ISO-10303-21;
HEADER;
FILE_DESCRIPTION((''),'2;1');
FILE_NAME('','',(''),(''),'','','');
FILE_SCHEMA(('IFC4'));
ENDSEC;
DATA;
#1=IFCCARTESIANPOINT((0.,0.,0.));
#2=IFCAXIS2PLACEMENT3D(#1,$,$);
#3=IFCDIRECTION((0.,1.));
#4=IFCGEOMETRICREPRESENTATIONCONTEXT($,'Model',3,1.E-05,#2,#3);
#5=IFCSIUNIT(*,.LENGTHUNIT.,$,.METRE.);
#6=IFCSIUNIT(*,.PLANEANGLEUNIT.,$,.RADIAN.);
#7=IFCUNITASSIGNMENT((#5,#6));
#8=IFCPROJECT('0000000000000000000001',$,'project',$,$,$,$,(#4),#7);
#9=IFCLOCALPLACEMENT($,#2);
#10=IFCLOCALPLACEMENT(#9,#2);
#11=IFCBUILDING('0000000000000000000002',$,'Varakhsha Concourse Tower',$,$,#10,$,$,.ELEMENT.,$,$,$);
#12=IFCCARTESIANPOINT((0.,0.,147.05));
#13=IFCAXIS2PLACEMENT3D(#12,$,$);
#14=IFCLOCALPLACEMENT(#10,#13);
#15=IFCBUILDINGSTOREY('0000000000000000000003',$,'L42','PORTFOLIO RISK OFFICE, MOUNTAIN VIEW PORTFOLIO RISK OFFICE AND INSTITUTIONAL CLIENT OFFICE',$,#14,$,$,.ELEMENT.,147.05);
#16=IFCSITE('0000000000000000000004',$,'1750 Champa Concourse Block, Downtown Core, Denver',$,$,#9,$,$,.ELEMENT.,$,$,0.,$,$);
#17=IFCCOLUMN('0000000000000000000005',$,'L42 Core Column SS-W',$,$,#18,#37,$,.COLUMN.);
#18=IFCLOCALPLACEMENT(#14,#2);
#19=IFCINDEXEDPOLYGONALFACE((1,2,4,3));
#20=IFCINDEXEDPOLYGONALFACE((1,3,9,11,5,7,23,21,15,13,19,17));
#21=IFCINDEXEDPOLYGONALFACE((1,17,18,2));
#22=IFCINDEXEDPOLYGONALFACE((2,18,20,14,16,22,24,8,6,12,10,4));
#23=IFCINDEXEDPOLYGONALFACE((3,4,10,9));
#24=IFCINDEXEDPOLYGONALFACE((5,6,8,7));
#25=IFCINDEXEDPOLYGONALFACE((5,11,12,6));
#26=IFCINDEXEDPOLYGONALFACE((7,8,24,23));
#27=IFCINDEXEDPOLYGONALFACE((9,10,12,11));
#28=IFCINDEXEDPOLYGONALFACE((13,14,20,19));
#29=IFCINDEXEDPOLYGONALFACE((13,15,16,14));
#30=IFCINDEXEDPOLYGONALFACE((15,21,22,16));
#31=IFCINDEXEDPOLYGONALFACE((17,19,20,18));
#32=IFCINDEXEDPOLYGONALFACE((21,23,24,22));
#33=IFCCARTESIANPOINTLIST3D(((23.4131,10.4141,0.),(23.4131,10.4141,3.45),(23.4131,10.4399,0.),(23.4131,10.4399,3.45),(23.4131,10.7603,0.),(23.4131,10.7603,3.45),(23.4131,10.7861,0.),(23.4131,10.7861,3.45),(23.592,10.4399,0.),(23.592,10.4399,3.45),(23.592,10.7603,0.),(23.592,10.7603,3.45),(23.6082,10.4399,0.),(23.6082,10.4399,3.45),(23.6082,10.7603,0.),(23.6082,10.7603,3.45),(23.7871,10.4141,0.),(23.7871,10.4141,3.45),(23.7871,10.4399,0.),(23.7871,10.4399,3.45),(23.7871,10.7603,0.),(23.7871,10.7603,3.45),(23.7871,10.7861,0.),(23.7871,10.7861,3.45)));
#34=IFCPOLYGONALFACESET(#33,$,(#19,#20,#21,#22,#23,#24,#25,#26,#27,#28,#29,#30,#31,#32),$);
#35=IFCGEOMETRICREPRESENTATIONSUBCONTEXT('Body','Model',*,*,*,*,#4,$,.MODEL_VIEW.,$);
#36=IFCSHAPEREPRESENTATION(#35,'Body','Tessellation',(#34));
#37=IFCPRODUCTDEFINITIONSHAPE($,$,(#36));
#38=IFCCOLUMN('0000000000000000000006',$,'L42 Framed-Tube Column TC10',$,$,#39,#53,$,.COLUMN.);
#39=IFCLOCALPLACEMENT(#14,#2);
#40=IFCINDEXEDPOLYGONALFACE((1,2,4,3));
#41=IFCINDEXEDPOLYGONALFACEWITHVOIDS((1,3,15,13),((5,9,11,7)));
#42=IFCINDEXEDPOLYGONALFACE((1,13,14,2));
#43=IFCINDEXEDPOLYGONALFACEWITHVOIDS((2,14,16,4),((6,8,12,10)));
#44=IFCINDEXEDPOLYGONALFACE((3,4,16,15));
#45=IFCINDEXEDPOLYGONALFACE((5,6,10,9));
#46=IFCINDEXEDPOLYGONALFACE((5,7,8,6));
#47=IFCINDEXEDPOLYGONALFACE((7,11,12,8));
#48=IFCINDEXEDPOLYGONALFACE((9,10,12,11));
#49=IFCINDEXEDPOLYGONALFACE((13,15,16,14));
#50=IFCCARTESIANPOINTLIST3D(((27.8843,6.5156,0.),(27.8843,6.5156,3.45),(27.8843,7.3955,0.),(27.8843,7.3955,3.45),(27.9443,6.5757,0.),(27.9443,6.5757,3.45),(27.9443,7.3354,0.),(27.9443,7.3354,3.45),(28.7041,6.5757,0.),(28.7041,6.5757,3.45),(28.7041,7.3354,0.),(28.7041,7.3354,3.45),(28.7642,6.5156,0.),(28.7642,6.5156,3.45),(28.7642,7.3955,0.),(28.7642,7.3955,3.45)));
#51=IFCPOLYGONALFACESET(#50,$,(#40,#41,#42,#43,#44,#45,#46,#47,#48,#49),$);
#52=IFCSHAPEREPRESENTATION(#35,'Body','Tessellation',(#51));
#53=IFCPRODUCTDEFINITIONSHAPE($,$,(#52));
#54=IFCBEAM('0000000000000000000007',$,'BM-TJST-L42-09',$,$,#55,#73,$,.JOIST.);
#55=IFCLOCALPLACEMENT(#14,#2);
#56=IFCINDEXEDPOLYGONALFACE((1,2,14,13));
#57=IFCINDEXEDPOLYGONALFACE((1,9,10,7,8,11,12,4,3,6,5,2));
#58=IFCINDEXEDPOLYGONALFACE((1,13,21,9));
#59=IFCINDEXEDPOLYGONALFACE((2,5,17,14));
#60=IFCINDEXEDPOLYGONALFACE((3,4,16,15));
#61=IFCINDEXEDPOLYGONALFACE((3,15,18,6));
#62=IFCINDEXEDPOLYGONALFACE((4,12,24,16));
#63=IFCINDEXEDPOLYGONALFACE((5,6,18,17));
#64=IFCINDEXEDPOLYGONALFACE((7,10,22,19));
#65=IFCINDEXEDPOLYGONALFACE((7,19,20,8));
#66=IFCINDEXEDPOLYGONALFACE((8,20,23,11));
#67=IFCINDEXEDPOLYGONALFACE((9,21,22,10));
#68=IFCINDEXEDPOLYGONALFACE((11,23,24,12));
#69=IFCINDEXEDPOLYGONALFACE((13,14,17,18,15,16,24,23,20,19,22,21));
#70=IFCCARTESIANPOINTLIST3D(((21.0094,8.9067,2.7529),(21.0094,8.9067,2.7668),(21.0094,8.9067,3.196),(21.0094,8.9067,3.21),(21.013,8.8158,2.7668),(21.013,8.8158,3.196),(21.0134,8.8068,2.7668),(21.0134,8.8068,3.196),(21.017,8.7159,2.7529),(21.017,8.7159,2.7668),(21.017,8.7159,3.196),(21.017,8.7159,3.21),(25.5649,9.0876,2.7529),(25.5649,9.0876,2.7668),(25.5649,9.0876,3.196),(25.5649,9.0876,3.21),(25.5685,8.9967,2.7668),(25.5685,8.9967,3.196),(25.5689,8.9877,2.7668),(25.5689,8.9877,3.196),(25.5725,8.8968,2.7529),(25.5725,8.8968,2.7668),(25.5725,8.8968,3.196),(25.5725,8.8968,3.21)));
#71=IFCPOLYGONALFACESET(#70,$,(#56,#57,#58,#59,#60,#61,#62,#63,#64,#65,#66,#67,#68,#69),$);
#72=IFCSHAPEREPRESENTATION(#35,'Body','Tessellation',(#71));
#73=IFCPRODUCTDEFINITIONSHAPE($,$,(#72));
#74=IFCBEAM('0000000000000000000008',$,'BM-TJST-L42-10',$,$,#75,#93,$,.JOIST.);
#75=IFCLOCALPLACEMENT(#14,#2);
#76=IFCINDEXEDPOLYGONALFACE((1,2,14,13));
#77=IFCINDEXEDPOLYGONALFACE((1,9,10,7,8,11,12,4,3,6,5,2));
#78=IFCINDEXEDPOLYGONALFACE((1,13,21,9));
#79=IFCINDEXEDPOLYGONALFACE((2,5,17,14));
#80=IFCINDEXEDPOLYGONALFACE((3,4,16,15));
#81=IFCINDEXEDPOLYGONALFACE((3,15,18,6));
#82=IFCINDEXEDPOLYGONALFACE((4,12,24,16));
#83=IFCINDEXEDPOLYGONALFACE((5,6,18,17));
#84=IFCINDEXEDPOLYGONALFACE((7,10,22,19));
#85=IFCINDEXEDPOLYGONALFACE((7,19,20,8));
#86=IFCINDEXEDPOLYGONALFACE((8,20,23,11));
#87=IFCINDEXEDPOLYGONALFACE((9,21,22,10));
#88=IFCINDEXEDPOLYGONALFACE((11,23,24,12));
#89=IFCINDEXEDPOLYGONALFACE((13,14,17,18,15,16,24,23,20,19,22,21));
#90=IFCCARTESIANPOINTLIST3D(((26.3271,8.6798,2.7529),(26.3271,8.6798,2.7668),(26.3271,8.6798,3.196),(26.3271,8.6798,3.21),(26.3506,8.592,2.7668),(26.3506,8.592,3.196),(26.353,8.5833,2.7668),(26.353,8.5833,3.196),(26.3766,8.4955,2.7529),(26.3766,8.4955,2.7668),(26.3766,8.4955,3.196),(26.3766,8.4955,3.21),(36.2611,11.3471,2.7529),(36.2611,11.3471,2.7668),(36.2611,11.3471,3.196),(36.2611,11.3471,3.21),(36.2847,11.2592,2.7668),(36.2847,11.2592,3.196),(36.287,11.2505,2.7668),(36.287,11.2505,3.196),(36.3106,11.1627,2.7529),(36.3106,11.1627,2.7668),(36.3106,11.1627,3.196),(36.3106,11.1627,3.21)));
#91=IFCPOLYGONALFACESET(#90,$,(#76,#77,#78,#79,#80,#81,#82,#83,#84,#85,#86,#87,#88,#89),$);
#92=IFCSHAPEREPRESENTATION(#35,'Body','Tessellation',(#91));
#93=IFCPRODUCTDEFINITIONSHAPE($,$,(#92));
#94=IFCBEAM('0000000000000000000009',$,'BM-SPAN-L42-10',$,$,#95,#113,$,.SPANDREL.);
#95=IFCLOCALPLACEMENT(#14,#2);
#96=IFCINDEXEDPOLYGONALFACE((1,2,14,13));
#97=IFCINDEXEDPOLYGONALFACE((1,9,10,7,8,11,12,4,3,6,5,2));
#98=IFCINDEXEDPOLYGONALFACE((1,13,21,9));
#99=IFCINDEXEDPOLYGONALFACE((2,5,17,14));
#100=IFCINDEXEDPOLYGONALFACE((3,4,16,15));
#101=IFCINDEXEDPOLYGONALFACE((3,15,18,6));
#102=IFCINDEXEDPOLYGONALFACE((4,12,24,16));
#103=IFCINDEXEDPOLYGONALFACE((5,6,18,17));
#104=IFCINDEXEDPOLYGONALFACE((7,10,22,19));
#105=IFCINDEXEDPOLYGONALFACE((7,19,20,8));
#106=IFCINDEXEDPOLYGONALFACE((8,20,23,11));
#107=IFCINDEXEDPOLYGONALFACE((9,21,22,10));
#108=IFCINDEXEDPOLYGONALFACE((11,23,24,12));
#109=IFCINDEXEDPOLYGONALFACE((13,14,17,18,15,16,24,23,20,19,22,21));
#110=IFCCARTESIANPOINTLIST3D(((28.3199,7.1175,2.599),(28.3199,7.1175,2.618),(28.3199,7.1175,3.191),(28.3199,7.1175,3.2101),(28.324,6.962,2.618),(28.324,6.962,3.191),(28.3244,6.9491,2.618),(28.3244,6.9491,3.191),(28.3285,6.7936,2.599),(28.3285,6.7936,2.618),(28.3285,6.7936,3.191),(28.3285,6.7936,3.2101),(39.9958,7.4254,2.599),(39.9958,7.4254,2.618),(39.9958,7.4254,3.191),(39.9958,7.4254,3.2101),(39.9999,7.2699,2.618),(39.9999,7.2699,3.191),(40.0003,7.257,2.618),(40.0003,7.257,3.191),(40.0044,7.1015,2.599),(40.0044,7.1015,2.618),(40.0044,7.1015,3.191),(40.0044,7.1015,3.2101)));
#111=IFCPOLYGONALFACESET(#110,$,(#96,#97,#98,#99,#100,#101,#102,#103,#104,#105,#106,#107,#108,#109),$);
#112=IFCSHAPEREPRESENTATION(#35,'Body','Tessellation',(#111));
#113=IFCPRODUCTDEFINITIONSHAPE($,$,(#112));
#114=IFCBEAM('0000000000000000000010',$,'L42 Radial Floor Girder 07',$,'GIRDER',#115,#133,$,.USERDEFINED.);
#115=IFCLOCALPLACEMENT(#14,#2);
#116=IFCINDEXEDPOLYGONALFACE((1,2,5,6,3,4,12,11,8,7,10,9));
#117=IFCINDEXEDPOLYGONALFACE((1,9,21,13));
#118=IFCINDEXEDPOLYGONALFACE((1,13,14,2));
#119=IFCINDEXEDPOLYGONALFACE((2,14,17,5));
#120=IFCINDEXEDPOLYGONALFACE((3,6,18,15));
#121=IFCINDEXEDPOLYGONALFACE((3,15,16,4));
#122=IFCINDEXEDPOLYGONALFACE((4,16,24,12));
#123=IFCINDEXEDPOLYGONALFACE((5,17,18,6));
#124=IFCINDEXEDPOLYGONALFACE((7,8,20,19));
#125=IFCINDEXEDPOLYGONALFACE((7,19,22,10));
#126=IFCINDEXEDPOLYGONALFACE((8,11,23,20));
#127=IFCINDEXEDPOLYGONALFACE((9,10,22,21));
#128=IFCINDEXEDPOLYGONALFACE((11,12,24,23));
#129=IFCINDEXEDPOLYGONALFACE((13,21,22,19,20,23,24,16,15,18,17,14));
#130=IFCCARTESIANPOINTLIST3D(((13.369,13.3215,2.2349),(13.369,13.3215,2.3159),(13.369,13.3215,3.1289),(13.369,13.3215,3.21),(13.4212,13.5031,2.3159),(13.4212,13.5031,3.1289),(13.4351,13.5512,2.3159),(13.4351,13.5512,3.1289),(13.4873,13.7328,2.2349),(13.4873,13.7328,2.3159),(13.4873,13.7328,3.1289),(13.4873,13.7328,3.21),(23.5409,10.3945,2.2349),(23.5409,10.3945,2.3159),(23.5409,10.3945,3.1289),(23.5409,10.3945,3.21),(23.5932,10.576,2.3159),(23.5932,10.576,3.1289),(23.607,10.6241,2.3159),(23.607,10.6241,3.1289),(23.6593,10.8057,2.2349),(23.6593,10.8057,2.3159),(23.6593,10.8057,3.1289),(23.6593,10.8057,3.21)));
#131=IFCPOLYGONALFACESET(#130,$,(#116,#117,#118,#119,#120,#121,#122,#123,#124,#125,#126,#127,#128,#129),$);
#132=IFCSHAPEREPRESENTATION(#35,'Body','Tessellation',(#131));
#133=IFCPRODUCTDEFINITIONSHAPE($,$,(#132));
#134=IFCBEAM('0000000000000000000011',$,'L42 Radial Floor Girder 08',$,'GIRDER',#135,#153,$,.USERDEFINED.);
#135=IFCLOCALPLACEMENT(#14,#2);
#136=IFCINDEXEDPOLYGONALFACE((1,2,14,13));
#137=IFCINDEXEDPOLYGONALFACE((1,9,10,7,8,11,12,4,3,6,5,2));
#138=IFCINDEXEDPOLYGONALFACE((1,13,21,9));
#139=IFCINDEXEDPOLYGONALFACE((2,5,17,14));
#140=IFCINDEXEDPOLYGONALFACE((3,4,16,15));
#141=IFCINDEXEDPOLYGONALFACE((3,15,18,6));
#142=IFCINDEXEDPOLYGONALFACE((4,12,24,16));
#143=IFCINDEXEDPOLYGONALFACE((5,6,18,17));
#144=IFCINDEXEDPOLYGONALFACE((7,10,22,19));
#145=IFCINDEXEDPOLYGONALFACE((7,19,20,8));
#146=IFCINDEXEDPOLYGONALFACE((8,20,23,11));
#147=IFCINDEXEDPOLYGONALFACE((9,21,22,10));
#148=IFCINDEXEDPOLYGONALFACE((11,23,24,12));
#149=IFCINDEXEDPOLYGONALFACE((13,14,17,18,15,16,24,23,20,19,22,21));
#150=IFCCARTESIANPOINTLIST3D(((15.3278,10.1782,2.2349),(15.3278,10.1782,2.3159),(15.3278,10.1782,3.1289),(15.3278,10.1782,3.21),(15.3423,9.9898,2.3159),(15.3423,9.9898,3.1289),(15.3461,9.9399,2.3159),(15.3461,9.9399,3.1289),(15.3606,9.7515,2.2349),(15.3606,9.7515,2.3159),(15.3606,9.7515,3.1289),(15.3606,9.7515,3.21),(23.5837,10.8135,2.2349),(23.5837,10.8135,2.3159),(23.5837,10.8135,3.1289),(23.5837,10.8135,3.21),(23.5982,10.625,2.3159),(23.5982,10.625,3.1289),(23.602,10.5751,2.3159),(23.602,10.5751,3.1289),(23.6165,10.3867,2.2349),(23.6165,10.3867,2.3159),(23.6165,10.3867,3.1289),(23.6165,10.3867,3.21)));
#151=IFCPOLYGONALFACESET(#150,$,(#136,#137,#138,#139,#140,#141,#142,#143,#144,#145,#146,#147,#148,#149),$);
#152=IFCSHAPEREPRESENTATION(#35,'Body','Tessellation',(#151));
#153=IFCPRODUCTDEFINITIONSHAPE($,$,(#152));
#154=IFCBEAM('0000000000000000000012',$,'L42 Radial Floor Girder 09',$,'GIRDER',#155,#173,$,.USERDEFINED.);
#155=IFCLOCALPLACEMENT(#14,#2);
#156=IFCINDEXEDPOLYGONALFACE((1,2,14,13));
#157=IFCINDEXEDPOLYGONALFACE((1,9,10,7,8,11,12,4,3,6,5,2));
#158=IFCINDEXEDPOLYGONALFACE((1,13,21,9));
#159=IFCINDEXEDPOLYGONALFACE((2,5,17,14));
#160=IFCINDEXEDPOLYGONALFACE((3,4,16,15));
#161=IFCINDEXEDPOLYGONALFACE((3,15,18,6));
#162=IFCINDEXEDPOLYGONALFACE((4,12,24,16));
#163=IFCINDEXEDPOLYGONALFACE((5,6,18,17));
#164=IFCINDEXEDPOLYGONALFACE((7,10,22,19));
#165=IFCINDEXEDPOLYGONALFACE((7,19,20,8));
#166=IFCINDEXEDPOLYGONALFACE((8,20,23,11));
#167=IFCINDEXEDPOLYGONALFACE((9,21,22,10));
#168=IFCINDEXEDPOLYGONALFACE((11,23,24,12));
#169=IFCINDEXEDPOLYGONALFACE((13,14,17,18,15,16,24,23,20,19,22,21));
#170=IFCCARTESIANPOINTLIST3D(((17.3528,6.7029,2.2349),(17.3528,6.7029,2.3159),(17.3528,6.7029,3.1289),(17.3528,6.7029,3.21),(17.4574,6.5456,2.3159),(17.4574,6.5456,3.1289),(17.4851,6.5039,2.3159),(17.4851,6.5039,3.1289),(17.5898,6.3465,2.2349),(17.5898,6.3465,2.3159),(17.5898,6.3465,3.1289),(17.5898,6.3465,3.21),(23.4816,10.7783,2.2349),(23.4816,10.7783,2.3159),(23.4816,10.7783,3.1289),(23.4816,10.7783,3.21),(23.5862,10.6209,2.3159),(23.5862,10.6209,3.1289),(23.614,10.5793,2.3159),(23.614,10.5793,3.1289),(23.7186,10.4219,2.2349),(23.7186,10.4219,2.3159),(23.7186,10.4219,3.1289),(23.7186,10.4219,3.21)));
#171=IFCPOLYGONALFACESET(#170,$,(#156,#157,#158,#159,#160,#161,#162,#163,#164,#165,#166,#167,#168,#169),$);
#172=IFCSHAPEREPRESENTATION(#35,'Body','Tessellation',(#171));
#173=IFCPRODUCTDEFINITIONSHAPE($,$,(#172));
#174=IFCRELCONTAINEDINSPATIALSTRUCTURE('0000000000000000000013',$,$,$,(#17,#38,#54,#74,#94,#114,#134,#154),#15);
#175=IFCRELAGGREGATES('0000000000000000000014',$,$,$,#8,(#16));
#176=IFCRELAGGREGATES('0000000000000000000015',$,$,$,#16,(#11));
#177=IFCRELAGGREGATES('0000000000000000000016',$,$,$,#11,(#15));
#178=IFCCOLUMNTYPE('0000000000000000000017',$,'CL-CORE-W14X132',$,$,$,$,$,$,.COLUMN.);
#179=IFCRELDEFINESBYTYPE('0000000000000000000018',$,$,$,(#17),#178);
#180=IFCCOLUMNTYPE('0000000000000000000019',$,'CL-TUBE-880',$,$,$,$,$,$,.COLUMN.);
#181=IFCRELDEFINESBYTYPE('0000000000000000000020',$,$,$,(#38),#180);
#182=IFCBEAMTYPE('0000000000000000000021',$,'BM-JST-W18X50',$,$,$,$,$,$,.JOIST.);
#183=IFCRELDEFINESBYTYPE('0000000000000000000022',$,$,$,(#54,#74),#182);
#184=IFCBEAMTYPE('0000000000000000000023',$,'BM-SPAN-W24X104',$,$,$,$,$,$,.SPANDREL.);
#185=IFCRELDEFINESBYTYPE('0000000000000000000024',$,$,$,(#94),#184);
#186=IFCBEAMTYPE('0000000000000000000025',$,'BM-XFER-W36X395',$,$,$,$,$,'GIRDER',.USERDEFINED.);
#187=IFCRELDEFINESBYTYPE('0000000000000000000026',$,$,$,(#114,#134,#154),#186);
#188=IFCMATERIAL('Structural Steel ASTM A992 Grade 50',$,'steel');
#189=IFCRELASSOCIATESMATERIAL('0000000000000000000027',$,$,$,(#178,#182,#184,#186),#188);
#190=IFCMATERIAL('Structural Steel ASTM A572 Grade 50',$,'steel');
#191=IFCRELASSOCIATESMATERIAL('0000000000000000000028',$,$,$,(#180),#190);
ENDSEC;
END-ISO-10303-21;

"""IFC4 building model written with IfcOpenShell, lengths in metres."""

from ifc_helpers import new_model, si_unit, direction, frame, origin, origin_2d, place, context, subcontext, project, spatial, hollow_rectangle, i_section, extrude, material, material_profile, profile_set, type_object, element, save


model = new_model("IFC4")

# Units and contexts
model_context = context("Model", 3, precision=1e-05, world=origin(), true_north=direction((0.0, 1.0)))
body_context = subcontext(model_context, "Body", "Model", "MODEL_VIEW")
ifc_project = project(units=[si_unit("LENGTHUNIT", "METRE"), si_unit("PLANEANGLEUNIT", "RADIAN")], contexts=[model_context])

# Site, building, storey
site_placement = place(None, origin())
site = spatial("IfcSite", under=ifc_project, at=site_placement, Name="1750 Champa Concourse Block, Downtown Core, Denver", CompositionType="ELEMENT", RefElevation=0.0)
building_placement = place(site_placement, origin())
building = spatial("IfcBuilding", under=site, at=building_placement, Name="Varakhsha Concourse Tower", CompositionType="ELEMENT")
storey_placement = place(building_placement, frame((0.0, 0.0, 147.05)))
storey = spatial("IfcBuildingStorey", under=building, at=storey_placement, Name="L42", Description="PORTFOLIO RISK OFFICE, MOUNTAIN VIEW PORTFOLIO RISK OFFICE AND INSTITUTIONAL CLIENT OFFICE", CompositionType="ELEMENT", Elevation=147.05)

# Columns
ifc_material_1 = material(Name="Structural Steel ASTM A992 Grade 50", Category="steel")
ifc_material_profile_1 = material_profile(ifc_material_1, i_section(OverallWidth=0.374, OverallDepth=0.3721, WebThickness=0.0161, FlangeThickness=0.0259, at=origin_2d()), Name="W14X132")
ifc_profile_set_1 = profile_set([ifc_material_profile_1], Name="Structural Steel ASTM A992 Grade 50")
column_type_1 = type_object("IfcColumnType", Name="CL-CORE-W14X132", PredefinedType="COLUMN", material=ifc_profile_set_1)
column_1_placement = place(storey_placement, frame((23.6001, 10.6001, 0.0), z_axis=(0.0, 0.0, 1.0), x_axis=(1.0, 0.0, 0.0)))
element("IfcColumn", 1, at=column_1_placement, inside=storey, type_object=column_type_1, Name="L42 Core Column SS-W", PredefinedType="COLUMN", context=body_context, shape_type="SweptSolid", body=[
    extrude(i_section(OverallWidth=0.374, OverallDepth=0.3721, WebThickness=0.0161, FlangeThickness=0.0259, at=origin_2d()), origin(), (0.0, 0.0, 1.0), 3.45),
])
ifc_material_2 = material(Name="Structural Steel ASTM A572 Grade 50", Category="steel")
ifc_material_profile_2 = material_profile(ifc_material_2, hollow_rectangle(XDim=0.8799, YDim=0.8799, WallThickness=0.0601, at=origin_2d()), Name="BOX 880x880x60")
ifc_profile_set_2 = profile_set([ifc_material_profile_2], Name="Structural Steel ASTM A572 Grade 50")
column_type_2 = type_object("IfcColumnType", Name="CL-TUBE-880", PredefinedType="COLUMN", material=ifc_profile_set_2)
column_2_placement = place(storey_placement, frame((28.3242, 6.9556, 0.0), z_axis=(0.0, 0.0, 1.0), x_axis=(1.0, 0.0, 0.0)))
element("IfcColumn", 2, at=column_2_placement, inside=storey, type_object=column_type_2, Name="L42 Framed-Tube Column TC10", PredefinedType="COLUMN", context=body_context, shape_type="SweptSolid", body=[
    extrude(hollow_rectangle(XDim=0.8799, YDim=0.8799, WallThickness=0.0601, at=origin_2d()), origin(), (0.0, 0.0, 1.0), 3.45),
])

# Beams
ifc_material_profile_3 = material_profile(ifc_material_1, i_section(OverallWidth=0.1909, OverallDepth=0.457, WebThickness=0.009, FlangeThickness=0.0139, at=origin_2d()), Name="W18X50")
ifc_profile_set_3 = profile_set([ifc_material_profile_3], Name="Structural Steel ASTM A992 Grade 50")
beam_type_1 = type_object("IfcBeamType", Name="BM-JST-W18X50", PredefinedType="JOIST", material=ifc_profile_set_3)
beam_1_placement = place(storey_placement, frame((21.0132, 8.8113, 2.9814), z_axis=(0.999212, 0.039681, 0.0), x_axis=(-0.039681, 0.999212, 0.0)))
element("IfcBeam", 3, at=beam_1_placement, inside=storey, type_object=beam_type_1, Name="BM-TJST-L42-09", PredefinedType="JOIST", context=body_context, shape_type="SweptSolid", body=[
    extrude(i_section(OverallWidth=0.1909, OverallDepth=0.457, WebThickness=0.009, FlangeThickness=0.0139, at=origin_2d()), origin(), (0.0, 0.0, 1.0), 4.5591),
])
beam_2_placement = place(storey_placement, frame((26.3518, 8.5876, 2.9814), z_axis=(0.965794, 0.259309, 0.0), x_axis=(-0.259309, 0.965794, 0.0)))
element("IfcBeam", 4, at=beam_2_placement, inside=storey, type_object=beam_type_1, Name="BM-TJST-L42-10", PredefinedType="JOIST", context=body_context, shape_type="SweptSolid", body=[
    extrude(i_section(OverallWidth=0.1909, OverallDepth=0.457, WebThickness=0.009, FlangeThickness=0.0139, at=origin_2d()), origin(), (0.0, 0.0, 1.0), 10.2859),
])
ifc_material_profile_4 = material_profile(ifc_material_1, i_section(OverallWidth=0.324, OverallDepth=0.6111, WebThickness=0.0129, FlangeThickness=0.019, at=origin_2d()), Name="W24X104")
ifc_profile_set_4 = profile_set([ifc_material_profile_4], Name="Structural Steel ASTM A992 Grade 50")
beam_type_2 = type_object("IfcBeamType", Name="BM-SPAN-W24X104", PredefinedType="SPANDREL", material=ifc_profile_set_4)
beam_3_placement = place(storey_placement, frame((28.3242, 6.9556, 2.9045), z_axis=(0.999653, 0.026358, 0.0), x_axis=(-0.026358, 0.999653, 0.0)))
element("IfcBeam", 5, at=beam_3_placement, inside=storey, type_object=beam_type_2, Name="BM-SPAN-L42-10", PredefinedType="SPANDREL", context=body_context, shape_type="SweptSolid", body=[
    extrude(i_section(OverallWidth=0.324, OverallDepth=0.6111, WebThickness=0.0129, FlangeThickness=0.019, at=origin_2d()), origin(), (0.0, 0.0, 1.0), 11.6799),
])
ifc_material_profile_5 = material_profile(ifc_material_1, i_section(OverallWidth=0.428, OverallDepth=0.9751, WebThickness=0.05, FlangeThickness=0.0811, at=origin_2d()), Name="W36X395")
ifc_profile_set_5 = profile_set([ifc_material_profile_5], Name="Structural Steel ASTM A992 Grade 50")
beam_type_3 = type_object("IfcBeamType", Name="BM-XFER-W36X395", ElementType="GIRDER", PredefinedType="USERDEFINED", material=ifc_profile_set_5)
beam_4_placement = place(storey_placement, frame((23.6001, 10.6001, 2.7224), z_axis=(-0.961004, 0.276533, 0.0), x_axis=(-0.276533, -0.961004, 0.0)))
element("IfcBeam", 6, at=beam_4_placement, inside=storey, type_object=beam_type_3, Name="L42 Radial Floor Girder 07", ObjectType="GIRDER", PredefinedType="USERDEFINED", context=body_context, shape_type="SweptSolid", body=[
    extrude(i_section(OverallWidth=0.428, OverallDepth=0.9751, WebThickness=0.05, FlangeThickness=0.0811, at=origin_2d()), origin(), (0.0, 0.0, 1.0), 10.5847),
])
beam_5_placement = place(storey_placement, frame((23.6001, 10.6001, 2.7224), z_axis=(-0.997053, -0.076719, 0.0), x_axis=(0.076719, -0.997053, 0.0)))
element("IfcBeam", 7, at=beam_5_placement, inside=storey, type_object=beam_type_3, Name="L42 Radial Floor Girder 08", ObjectType="GIRDER", PredefinedType="USERDEFINED", context=body_context, shape_type="SweptSolid", body=[
    extrude(i_section(OverallWidth=0.428, OverallDepth=0.9751, WebThickness=0.05, FlangeThickness=0.0811, at=origin_2d()), origin(), (0.0, 0.0, 1.0), 8.2803),
])
beam_6_placement = place(storey_placement, frame((23.6001, 10.6001, 2.7224), z_axis=(-0.832708, -0.553712, 0.0), x_axis=(0.553712, -0.832708, 0.0)))
element("IfcBeam", 8, at=beam_6_placement, inside=storey, type_object=beam_type_3, Name="L42 Radial Floor Girder 09", ObjectType="GIRDER", PredefinedType="USERDEFINED", context=body_context, shape_type="SweptSolid", body=[
    extrude(i_section(OverallWidth=0.428, OverallDepth=0.9751, WebThickness=0.05, FlangeThickness=0.0811, at=origin_2d()), origin(), (0.0, 0.0, 1.0), 7.3601),
])

save(model, "model.ifc")
